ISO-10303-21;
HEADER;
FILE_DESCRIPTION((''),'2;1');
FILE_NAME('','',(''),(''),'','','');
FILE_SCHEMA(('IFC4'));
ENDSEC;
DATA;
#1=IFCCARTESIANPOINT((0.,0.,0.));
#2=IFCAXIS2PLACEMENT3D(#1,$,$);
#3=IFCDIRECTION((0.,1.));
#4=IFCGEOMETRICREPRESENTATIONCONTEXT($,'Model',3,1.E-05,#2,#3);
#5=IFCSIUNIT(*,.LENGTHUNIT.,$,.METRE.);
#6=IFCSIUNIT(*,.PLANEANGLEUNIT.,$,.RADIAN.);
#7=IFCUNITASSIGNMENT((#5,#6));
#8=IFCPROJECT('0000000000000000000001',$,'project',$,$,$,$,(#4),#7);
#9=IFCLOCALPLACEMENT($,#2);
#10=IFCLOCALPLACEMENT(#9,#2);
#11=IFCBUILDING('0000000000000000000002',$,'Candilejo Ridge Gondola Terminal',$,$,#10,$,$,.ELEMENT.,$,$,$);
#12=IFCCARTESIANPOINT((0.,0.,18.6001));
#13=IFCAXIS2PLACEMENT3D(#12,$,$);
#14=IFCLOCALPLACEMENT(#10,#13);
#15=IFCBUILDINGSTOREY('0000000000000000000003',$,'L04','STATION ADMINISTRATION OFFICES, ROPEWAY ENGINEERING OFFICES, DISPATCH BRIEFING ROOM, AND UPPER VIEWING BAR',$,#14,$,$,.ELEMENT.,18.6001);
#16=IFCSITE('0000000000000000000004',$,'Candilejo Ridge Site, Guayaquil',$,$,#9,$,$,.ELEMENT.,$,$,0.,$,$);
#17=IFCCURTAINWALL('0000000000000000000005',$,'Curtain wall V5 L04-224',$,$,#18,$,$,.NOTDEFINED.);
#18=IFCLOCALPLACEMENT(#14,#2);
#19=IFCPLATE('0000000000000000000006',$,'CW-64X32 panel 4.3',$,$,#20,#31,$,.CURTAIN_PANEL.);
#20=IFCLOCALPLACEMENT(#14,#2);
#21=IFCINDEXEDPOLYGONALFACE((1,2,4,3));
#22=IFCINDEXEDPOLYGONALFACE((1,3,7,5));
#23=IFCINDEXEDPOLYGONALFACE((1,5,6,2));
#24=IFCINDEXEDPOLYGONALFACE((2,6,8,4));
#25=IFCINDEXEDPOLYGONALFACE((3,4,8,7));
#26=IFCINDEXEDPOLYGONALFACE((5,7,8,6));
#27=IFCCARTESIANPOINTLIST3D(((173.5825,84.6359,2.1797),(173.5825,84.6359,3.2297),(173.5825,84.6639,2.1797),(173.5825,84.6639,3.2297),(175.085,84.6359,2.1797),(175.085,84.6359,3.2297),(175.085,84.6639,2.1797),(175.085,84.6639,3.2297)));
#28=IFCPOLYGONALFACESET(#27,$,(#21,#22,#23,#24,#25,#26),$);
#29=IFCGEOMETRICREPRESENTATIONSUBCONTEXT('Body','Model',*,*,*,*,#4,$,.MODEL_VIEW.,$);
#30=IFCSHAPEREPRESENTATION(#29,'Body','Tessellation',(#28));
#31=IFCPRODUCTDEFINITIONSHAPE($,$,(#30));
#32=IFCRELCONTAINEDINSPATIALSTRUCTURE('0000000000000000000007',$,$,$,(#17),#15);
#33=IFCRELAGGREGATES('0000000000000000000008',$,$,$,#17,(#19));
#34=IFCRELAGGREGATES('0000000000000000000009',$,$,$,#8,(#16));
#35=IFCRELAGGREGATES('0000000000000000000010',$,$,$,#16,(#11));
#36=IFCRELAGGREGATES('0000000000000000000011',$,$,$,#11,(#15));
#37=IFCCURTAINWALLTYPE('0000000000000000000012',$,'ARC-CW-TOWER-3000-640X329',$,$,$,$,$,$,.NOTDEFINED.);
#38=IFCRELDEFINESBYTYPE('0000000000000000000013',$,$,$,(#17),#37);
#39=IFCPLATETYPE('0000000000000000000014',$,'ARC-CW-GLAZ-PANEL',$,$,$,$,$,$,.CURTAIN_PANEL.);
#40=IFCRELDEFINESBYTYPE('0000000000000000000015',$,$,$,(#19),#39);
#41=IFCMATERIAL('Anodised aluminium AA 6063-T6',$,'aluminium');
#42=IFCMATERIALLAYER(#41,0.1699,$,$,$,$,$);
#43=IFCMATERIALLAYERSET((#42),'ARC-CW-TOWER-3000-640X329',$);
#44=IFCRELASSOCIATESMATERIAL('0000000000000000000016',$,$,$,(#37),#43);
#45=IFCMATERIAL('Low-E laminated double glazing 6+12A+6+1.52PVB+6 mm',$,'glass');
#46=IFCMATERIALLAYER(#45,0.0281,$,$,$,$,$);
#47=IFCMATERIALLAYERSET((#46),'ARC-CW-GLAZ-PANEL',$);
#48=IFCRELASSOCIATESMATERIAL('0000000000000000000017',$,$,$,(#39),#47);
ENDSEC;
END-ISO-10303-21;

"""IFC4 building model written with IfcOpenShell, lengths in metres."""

from ifc_helpers import new_model, si_unit, direction, frame, origin, origin_2d, place, context, subcontext, project, spatial, rectangle, extrude, material, layer, layer_set, type_object, element, aggregate, save


model = new_model("IFC4")

# Units and contexts
model_context = context("Model", 3, precision=1e-05, world=origin(), true_north=direction((0.0, 1.0)))
body_context = subcontext(model_context, "Body", "Model", "MODEL_VIEW")
ifc_project = project(units=[si_unit("LENGTHUNIT", "METRE"), si_unit("PLANEANGLEUNIT", "RADIAN")], contexts=[model_context])

# Site, building, storey
site_placement = place(None, origin())
site = spatial("IfcSite", under=ifc_project, at=site_placement, Name="Candilejo Ridge Site, Guayaquil", CompositionType="ELEMENT", RefElevation=0.0)
building_placement = place(site_placement, origin())
building = spatial("IfcBuilding", under=site, at=building_placement, Name="Candilejo Ridge Gondola Terminal", CompositionType="ELEMENT")
storey_placement = place(building_placement, frame((0.0, 0.0, 18.6001)))
storey = spatial("IfcBuildingStorey", under=building, at=storey_placement, Name="L04", Description="STATION ADMINISTRATION OFFICES, ROPEWAY ENGINEERING OFFICES, DISPATCH BRIEFING ROOM, AND UPPER VIEWING BAR", CompositionType="ELEMENT", Elevation=18.6001)

# Curtain wall
ifc_material_1 = material(Name="Anodised aluminium AA 6063-T6", Category="aluminium")
ifc_layer_1 = layer(ifc_material_1, 0.1699)
ifc_layer_set_1 = layer_set([ifc_layer_1], Name="ARC-CW-TOWER-3000-640X329")
curtain_wall_type_1 = type_object("IfcCurtainWallType", Name="ARC-CW-TOWER-3000-640X329", PredefinedType="NOTDEFINED", material=ifc_layer_set_1)
curtain_wall_1_placement = place(storey_placement, origin())
curtain_wall_1 = element("IfcCurtainWall", 1, at=curtain_wall_1_placement, inside=storey, type_object=curtain_wall_type_1, Name="Curtain wall V5 L04-224", PredefinedType="NOTDEFINED")

# Plate
ifc_material_2 = material(Name="Low-E laminated double glazing 6+12A+6+1.52PVB+6 mm", Category="glass")
ifc_layer_2 = layer(ifc_material_2, 0.0281)
ifc_layer_set_2 = layer_set([ifc_layer_2], Name="ARC-CW-GLAZ-PANEL")
plate_type = type_object("IfcPlateType", Name="ARC-CW-GLAZ-PANEL", PredefinedType="CURTAIN_PANEL", material=ifc_layer_set_2)
plate_1_placement = place(storey_placement, frame((174.3337, 84.6499, 2.1797), z_axis=(0.0, 0.0, 1.0), x_axis=(1.0, 0.0, 0.0)))
plate_1 = element("IfcPlate", 2, at=plate_1_placement, type_object=plate_type, Name="CW-64X32 panel 4.3", PredefinedType="CURTAIN_PANEL", context=body_context, shape_type="SweptSolid", body=[
    extrude(rectangle(XDim=1.5024, YDim=0.0281, at=origin_2d()), origin(), (0.0, 0.0, 1.0), 1.05),
])
aggregate(curtain_wall_1, [plate_1])

save(model, "model.ifc")
